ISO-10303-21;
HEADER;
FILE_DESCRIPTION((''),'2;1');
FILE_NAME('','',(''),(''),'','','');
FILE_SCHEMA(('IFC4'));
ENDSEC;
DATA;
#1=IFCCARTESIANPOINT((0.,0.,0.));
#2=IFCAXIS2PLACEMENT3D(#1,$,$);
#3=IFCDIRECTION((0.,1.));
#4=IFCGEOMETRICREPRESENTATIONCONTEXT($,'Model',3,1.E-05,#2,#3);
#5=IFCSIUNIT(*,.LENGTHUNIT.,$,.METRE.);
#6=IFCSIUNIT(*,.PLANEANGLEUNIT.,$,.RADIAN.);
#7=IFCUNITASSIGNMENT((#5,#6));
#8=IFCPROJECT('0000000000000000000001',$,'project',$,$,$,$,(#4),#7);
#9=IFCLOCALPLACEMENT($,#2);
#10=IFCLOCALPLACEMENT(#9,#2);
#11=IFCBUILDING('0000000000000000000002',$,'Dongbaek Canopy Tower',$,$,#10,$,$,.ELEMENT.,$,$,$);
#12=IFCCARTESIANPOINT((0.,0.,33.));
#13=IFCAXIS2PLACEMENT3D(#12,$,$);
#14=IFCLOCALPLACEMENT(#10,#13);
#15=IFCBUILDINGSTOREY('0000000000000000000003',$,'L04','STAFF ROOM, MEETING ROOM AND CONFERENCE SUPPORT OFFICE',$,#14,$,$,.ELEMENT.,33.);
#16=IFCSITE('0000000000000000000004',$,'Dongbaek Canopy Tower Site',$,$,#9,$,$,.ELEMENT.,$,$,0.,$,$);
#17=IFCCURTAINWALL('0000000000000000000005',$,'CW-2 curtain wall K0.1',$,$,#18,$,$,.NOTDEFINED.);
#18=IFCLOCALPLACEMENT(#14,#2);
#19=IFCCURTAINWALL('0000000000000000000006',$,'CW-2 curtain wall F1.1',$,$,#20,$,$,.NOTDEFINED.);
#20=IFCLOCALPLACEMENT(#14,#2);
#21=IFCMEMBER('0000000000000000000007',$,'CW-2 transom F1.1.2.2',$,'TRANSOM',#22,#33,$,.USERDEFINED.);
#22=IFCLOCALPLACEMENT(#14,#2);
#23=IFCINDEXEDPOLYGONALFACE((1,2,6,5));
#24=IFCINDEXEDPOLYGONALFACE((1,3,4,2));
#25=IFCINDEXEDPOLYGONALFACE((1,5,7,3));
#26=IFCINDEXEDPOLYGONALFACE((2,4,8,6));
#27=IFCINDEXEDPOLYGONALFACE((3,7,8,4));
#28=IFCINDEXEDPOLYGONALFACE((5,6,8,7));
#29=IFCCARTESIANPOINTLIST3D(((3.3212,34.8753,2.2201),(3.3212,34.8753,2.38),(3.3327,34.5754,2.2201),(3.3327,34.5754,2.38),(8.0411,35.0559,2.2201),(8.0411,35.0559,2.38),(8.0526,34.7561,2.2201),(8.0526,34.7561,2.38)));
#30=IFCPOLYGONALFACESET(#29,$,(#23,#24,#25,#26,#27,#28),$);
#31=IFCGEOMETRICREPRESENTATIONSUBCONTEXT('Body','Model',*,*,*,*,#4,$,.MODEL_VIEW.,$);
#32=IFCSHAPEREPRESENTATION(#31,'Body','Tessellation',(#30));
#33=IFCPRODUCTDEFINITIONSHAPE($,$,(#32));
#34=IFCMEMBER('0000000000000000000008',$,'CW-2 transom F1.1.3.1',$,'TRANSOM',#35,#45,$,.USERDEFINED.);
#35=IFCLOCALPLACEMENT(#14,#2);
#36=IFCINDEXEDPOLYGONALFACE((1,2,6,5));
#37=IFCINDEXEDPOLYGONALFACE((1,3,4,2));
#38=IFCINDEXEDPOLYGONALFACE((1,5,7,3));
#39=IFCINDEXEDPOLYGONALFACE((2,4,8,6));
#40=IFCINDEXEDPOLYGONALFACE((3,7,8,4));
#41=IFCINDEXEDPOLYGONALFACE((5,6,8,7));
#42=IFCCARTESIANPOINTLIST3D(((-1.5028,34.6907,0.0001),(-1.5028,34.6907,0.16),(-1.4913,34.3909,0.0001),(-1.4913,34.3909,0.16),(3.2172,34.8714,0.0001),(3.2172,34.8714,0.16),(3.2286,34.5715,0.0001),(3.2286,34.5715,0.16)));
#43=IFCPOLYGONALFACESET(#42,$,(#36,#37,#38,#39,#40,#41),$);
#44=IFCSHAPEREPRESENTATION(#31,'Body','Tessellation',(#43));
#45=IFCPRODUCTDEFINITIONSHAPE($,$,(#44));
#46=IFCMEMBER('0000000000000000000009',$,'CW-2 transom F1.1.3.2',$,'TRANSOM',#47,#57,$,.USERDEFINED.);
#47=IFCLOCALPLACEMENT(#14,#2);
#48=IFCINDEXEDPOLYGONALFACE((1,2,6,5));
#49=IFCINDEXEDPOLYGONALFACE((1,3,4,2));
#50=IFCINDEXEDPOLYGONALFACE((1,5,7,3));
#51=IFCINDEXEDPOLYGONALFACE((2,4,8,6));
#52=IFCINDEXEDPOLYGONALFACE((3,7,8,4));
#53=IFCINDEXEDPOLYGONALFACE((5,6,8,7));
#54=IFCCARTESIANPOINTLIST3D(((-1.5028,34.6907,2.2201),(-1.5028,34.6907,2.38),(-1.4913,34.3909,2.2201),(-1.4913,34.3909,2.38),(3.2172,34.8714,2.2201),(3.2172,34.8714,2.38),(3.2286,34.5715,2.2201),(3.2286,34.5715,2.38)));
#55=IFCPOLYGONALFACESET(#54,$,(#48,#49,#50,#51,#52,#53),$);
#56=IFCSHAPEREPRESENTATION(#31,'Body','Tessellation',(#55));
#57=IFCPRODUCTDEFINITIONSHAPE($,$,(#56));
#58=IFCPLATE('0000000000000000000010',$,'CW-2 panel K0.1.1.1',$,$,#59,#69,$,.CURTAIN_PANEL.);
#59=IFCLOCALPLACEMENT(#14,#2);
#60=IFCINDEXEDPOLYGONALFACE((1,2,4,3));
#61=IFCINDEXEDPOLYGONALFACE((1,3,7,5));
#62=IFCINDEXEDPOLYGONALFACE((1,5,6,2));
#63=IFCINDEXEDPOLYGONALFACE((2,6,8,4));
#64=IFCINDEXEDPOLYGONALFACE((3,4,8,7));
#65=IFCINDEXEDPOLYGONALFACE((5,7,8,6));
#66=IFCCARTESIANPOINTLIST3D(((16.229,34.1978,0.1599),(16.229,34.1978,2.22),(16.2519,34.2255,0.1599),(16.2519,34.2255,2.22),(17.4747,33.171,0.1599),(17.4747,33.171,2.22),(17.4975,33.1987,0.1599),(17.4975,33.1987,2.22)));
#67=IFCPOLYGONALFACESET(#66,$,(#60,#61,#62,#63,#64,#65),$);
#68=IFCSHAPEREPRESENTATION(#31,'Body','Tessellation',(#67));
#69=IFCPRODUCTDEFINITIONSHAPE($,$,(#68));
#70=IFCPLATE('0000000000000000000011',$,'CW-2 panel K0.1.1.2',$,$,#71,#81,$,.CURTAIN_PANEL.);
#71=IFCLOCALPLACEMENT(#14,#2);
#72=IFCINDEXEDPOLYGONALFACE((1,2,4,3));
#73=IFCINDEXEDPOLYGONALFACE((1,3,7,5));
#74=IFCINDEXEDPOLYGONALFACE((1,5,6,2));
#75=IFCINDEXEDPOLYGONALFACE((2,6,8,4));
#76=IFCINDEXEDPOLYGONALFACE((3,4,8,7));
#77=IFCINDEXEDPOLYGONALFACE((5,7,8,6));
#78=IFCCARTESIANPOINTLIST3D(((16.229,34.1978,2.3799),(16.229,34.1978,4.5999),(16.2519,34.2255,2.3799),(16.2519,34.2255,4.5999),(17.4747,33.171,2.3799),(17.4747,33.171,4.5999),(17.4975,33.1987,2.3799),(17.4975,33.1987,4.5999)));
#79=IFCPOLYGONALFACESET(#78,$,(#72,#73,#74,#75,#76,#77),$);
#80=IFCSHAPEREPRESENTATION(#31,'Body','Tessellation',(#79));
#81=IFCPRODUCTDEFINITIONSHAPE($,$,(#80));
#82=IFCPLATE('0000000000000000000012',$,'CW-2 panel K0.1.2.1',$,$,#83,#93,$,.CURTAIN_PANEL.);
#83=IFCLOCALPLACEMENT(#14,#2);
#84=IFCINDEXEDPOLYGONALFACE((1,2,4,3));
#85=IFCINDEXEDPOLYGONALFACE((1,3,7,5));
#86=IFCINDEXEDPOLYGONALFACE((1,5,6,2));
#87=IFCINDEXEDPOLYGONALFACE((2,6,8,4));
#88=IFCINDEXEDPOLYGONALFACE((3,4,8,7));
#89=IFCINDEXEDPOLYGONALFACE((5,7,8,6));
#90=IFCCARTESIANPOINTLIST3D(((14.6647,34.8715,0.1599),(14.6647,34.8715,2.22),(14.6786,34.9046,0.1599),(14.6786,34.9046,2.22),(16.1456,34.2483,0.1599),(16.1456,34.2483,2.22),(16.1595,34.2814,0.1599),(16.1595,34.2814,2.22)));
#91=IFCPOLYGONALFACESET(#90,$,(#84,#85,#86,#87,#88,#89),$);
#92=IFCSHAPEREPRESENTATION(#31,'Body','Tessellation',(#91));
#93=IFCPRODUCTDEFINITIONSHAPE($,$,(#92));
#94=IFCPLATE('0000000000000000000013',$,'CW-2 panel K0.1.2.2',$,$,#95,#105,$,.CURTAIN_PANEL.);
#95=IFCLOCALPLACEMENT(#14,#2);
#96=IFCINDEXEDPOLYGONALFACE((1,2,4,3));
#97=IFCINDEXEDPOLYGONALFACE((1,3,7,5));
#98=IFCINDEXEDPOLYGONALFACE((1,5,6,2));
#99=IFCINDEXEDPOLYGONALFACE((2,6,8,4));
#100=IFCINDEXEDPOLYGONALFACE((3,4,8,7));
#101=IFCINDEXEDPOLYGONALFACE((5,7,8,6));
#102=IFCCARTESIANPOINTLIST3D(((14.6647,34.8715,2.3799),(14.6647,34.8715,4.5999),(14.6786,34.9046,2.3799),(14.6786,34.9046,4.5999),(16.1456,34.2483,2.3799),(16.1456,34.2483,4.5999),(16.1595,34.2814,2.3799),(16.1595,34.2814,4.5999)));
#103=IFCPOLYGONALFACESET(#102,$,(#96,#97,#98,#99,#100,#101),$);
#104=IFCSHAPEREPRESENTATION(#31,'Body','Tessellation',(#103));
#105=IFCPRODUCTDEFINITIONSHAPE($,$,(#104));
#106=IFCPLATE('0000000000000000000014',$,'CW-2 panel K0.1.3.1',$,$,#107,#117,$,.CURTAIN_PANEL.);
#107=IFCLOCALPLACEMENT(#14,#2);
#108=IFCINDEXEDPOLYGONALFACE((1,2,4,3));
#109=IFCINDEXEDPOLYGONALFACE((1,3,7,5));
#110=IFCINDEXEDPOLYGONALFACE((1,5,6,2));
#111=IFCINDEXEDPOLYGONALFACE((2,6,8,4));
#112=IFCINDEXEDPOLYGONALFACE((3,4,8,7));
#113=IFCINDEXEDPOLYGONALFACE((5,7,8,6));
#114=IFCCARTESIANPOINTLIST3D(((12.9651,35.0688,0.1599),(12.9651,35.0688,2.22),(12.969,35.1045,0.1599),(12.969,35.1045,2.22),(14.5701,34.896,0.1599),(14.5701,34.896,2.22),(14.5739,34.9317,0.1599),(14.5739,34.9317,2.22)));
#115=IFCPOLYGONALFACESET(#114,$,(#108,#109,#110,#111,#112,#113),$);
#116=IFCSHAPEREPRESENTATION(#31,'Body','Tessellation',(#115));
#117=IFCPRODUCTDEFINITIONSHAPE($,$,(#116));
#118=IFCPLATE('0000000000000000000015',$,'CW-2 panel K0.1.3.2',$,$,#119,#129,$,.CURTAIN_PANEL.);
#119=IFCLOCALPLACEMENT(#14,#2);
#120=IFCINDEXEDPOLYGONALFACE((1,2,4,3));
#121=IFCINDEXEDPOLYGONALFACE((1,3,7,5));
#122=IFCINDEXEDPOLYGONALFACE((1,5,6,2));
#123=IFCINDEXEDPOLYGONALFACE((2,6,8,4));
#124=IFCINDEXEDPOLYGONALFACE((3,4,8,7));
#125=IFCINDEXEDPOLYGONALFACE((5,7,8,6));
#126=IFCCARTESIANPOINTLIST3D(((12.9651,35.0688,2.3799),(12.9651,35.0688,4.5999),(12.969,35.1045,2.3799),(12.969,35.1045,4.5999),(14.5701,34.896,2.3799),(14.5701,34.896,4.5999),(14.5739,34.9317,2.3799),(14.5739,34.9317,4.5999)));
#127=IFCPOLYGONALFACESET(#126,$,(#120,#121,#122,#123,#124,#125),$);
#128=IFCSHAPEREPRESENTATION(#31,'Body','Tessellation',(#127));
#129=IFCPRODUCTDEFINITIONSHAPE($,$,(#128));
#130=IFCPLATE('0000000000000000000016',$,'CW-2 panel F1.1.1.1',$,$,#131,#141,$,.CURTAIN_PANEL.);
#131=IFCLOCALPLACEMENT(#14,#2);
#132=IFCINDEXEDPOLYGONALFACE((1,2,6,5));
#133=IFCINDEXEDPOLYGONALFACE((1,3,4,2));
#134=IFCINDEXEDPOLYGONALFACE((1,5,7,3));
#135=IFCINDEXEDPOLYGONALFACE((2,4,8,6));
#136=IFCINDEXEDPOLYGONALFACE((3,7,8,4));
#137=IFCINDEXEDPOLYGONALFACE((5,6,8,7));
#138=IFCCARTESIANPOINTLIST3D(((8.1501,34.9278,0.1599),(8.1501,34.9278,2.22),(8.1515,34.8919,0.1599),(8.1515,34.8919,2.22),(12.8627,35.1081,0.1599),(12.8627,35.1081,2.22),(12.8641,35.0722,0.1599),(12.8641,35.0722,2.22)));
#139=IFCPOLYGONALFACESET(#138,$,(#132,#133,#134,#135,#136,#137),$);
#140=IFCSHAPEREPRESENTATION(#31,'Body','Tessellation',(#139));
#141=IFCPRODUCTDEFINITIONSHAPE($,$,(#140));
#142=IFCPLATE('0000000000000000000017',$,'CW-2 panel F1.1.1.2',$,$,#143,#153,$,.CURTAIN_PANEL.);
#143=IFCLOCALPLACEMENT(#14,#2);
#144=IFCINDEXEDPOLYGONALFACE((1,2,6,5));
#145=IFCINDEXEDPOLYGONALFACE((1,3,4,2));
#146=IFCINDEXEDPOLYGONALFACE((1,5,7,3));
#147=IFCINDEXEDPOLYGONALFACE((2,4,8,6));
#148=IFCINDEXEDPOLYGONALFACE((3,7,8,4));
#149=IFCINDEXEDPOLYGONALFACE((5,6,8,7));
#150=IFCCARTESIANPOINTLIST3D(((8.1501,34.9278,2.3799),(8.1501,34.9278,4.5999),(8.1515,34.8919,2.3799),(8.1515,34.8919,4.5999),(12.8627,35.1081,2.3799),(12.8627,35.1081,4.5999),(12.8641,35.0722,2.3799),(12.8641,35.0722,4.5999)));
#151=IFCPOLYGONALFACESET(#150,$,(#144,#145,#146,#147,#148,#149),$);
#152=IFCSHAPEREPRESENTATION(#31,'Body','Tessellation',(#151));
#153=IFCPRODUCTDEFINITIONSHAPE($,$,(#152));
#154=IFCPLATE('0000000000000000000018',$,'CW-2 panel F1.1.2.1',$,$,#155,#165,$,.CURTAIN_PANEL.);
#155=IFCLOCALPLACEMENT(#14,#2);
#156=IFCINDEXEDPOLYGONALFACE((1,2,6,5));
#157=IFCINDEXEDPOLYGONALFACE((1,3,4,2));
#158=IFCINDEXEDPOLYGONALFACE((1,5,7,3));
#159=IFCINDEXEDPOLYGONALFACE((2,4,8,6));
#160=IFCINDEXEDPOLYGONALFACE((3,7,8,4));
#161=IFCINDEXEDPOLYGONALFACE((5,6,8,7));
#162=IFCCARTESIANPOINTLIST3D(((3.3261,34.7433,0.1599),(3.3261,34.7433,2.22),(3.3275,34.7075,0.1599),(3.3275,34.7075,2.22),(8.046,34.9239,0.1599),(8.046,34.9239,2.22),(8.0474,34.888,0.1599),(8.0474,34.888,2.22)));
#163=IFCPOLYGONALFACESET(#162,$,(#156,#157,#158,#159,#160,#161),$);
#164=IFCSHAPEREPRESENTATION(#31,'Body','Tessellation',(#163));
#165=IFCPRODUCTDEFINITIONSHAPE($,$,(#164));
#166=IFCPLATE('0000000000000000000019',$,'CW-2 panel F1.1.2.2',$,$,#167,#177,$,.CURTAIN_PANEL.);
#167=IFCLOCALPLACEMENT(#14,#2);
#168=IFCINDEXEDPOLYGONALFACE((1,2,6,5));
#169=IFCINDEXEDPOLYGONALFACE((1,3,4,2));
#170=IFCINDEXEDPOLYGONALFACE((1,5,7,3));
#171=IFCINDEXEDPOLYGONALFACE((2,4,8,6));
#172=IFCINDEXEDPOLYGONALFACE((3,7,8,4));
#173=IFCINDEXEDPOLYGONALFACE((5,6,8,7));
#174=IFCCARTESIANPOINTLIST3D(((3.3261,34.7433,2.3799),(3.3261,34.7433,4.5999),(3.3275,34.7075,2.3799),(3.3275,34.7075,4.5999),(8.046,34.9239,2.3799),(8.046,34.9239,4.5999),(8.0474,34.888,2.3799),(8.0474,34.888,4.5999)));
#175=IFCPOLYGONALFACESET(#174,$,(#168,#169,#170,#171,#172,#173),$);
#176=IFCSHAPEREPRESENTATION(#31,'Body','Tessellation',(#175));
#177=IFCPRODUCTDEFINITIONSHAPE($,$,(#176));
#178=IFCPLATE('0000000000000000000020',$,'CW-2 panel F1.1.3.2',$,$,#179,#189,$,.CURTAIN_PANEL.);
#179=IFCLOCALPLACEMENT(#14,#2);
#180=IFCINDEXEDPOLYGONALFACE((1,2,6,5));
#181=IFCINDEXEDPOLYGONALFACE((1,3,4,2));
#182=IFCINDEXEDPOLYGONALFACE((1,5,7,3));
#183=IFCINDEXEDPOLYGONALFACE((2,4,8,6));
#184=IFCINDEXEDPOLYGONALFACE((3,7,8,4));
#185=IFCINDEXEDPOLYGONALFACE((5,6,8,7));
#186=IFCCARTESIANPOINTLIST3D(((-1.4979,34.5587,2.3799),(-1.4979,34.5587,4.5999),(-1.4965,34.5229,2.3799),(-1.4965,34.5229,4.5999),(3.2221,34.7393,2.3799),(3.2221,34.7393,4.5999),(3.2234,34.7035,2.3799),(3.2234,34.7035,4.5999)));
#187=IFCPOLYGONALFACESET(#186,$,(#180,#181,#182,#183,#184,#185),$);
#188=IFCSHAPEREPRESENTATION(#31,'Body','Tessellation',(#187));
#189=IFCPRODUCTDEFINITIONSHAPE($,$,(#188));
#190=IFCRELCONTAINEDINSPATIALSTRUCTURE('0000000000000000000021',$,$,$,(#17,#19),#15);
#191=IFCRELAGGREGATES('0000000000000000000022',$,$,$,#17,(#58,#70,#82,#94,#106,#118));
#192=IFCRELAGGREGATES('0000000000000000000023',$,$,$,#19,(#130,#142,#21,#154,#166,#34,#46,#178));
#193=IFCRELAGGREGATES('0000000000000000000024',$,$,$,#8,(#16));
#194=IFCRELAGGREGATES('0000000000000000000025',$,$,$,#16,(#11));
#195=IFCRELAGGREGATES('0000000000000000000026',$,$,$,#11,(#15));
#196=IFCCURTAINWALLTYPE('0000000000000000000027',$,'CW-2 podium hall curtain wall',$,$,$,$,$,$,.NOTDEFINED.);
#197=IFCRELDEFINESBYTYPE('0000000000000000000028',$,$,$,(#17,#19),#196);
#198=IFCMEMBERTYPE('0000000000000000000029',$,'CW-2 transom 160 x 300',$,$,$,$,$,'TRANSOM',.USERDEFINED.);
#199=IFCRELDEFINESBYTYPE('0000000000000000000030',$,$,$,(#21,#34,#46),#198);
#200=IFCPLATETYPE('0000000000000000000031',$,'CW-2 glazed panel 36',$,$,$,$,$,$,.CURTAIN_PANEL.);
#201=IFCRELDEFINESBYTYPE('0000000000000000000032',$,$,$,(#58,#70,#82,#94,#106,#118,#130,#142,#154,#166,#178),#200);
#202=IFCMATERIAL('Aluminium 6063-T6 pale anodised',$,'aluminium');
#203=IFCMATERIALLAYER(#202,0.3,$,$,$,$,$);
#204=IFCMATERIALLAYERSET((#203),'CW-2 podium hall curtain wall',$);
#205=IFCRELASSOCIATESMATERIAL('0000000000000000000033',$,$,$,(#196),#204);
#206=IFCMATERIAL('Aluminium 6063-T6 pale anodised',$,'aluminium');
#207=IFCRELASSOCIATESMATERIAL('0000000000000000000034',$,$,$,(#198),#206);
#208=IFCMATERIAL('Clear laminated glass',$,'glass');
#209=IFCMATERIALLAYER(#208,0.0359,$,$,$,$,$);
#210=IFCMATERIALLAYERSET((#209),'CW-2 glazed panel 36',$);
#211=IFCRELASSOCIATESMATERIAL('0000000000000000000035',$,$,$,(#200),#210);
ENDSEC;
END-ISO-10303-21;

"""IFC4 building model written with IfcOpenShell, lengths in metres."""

from ifc_helpers import new_model, si_unit, direction, frame, origin, origin_2d, place, context, subcontext, project, spatial, rectangle, extrude, material, layer, layer_set, material_profile, profile_set, type_object, element, aggregate, save


model = new_model("IFC4")

# Units and contexts
model_context = context("Model", 3, precision=1e-05, world=origin(), true_north=direction((0.0, 1.0)))
body_context = subcontext(model_context, "Body", "Model", "MODEL_VIEW")
ifc_project = project(units=[si_unit("LENGTHUNIT", "METRE"), si_unit("PLANEANGLEUNIT", "RADIAN")], contexts=[model_context])

# Site, building, storey
site_placement = place(None, origin())
site = spatial("IfcSite", under=ifc_project, at=site_placement, Name="Dongbaek Canopy Tower Site", CompositionType="ELEMENT", RefElevation=0.0)
building_placement = place(site_placement, origin())
building = spatial("IfcBuilding", under=site, at=building_placement, Name="Dongbaek Canopy Tower", CompositionType="ELEMENT")
storey_placement = place(building_placement, frame((0.0, 0.0, 33.0)))
storey = spatial("IfcBuildingStorey", under=building, at=storey_placement, Name="L04", Description="STAFF ROOM, MEETING ROOM AND CONFERENCE SUPPORT OFFICE", CompositionType="ELEMENT", Elevation=33.0)

# Curtain walls
ifc_material_1 = material(Name="Aluminium 6063-T6 pale anodised", Category="aluminium")
ifc_layer_1 = layer(ifc_material_1, 0.3)
ifc_layer_set_1 = layer_set([ifc_layer_1], Name="CW-2 podium hall curtain wall")
curtain_wall_type = type_object("IfcCurtainWallType", Name="CW-2 podium hall curtain wall", PredefinedType="NOTDEFINED", material=ifc_layer_set_1)
curtain_wall_1_placement = place(storey_placement, origin())
curtain_wall_1 = element("IfcCurtainWall", 1, at=curtain_wall_1_placement, inside=storey, type_object=curtain_wall_type, Name="CW-2 curtain wall K0.1", PredefinedType="NOTDEFINED")
curtain_wall_2_placement = place(storey_placement, origin())
curtain_wall_2 = element("IfcCurtainWall", 2, at=curtain_wall_2_placement, inside=storey, type_object=curtain_wall_type, Name="CW-2 curtain wall F1.1", PredefinedType="NOTDEFINED")

# Members
ifc_material_2 = material(Name="Aluminium 6063-T6 pale anodised", Category="aluminium")
ifc_material_profile_1 = material_profile(ifc_material_2, rectangle(XDim=0.3, YDim=0.1599, at=origin_2d()), Name="CW-2 transom 160 x 300")
ifc_profile_set_1 = profile_set([ifc_material_profile_1], Name="Aluminium 6063-T6 pale anodised")
member_type_1 = type_object("IfcMemberType", Name="CW-2 transom 160 x 300", ElementType="TRANSOM", PredefinedType="USERDEFINED", material=ifc_profile_set_1)
member_1_placement = place(storey_placement, frame((8.0469, 34.906, 2.3), z_axis=(-0.999268, -0.038249, 0.0), x_axis=(0.038249, -0.999268, 0.0)))
member_1 = element("IfcMember", 3, at=member_1_placement, type_object=member_type_1, Name="CW-2 transom F1.1.2.2", ObjectType="TRANSOM", PredefinedType="USERDEFINED", context=body_context, shape_type="SweptSolid", body=[
    extrude(rectangle(XDim=0.3, YDim=0.1599, at=origin_2d()), origin(), (0.0, 0.0, 1.0), 4.7234),
])
member_2_placement = place(storey_placement, frame((3.2229, 34.7214, 0.0801), z_axis=(-0.999268, -0.038249, 0.0), x_axis=(0.038249, -0.999268, 0.0)))
member_2 = element("IfcMember", 4, at=member_2_placement, type_object=member_type_1, Name="CW-2 transom F1.1.3.1", ObjectType="TRANSOM", PredefinedType="USERDEFINED", context=body_context, shape_type="SweptSolid", body=[
    extrude(rectangle(XDim=0.3, YDim=0.1599, at=origin_2d()), origin(), (0.0, 0.0, 1.0), 4.7234),
])
member_3_placement = place(storey_placement, frame((3.2229, 34.7214, 2.3), z_axis=(-0.999268, -0.038249, 0.0), x_axis=(0.038249, -0.999268, 0.0)))
member_3 = element("IfcMember", 5, at=member_3_placement, type_object=member_type_1, Name="CW-2 transom F1.1.3.2", ObjectType="TRANSOM", PredefinedType="USERDEFINED", context=body_context, shape_type="SweptSolid", body=[
    extrude(rectangle(XDim=0.3, YDim=0.1599, at=origin_2d()), origin(), (0.0, 0.0, 1.0), 4.7234),
])

# Plates
ifc_material_3 = material(Name="Clear laminated glass", Category="glass")
ifc_layer_2 = layer(ifc_material_3, 0.0359)
ifc_layer_set_2 = layer_set([ifc_layer_2], Name="CW-2 glazed panel 36")
plate_type = type_object("IfcPlateType", Name="CW-2 glazed panel 36", PredefinedType="CURTAIN_PANEL", material=ifc_layer_set_2)
plate_1_placement = place(storey_placement, frame((16.8633, 33.6982, 0.1599), z_axis=(0.0, 0.0, 1.0), x_axis=(-0.771649, 0.636049, 0.0)))
plate_1 = element("IfcPlate", 6, at=plate_1_placement, type_object=plate_type, Name="CW-2 panel K0.1.1.1", PredefinedType="CURTAIN_PANEL", context=body_context, shape_type="SweptSolid", body=[
    extrude(rectangle(XDim=1.6143, YDim=0.0359, at=origin_2d()), origin(), (0.0, 0.0, 1.0), 2.0601),
])
plate_2_placement = place(storey_placement, frame((16.8633, 33.6982, 2.3799), z_axis=(0.0, 0.0, 1.0), x_axis=(-0.771649, 0.636049, 0.0)))
plate_2 = element("IfcPlate", 7, at=plate_2_placement, type_object=plate_type, Name="CW-2 panel K0.1.1.2", PredefinedType="CURTAIN_PANEL", context=body_context, shape_type="SweptSolid", body=[
    extrude(rectangle(XDim=1.6143, YDim=0.0359, at=origin_2d()), origin(), (0.0, 0.0, 1.0), 2.22),
])
plate_3_placement = place(storey_placement, frame((15.4121, 34.5764, 0.1599), z_axis=(0.0, 0.0, 1.0), x_axis=(-0.921712, 0.387874, 0.0)))
plate_3 = element("IfcPlate", 8, at=plate_3_placement, type_object=plate_type, Name="CW-2 panel K0.1.2.1", PredefinedType="CURTAIN_PANEL", context=body_context, shape_type="SweptSolid", body=[
    extrude(rectangle(XDim=1.6067, YDim=0.0359, at=origin_2d()), origin(), (0.0, 0.0, 1.0), 2.0601),
])
plate_4_placement = place(storey_placement, frame((15.4121, 34.5764, 2.3799), z_axis=(0.0, 0.0, 1.0), x_axis=(-0.921712, 0.387874, 0.0)))
plate_4 = element("IfcPlate", 9, at=plate_4_placement, type_object=plate_type, Name="CW-2 panel K0.1.2.2", PredefinedType="CURTAIN_PANEL", context=body_context, shape_type="SweptSolid", body=[
    extrude(rectangle(XDim=1.6067, YDim=0.0359, at=origin_2d()), origin(), (0.0, 0.0, 1.0), 2.22),
])
plate_5_placement = place(storey_placement, frame((13.7695, 35.0002, 0.1599), z_axis=(0.0, 0.0, 1.0), x_axis=(-0.994251, 0.107075, 0.0)))
plate_5 = element("IfcPlate", 10, at=plate_5_placement, type_object=plate_type, Name="CW-2 panel K0.1.3.1", PredefinedType="CURTAIN_PANEL", context=body_context, shape_type="SweptSolid", body=[
    extrude(rectangle(XDim=1.6143, YDim=0.0359, at=origin_2d()), origin(), (0.0, 0.0, 1.0), 2.0601),
])
plate_6_placement = place(storey_placement, frame((13.7695, 35.0002, 2.3799), z_axis=(0.0, 0.0, 1.0), x_axis=(-0.994251, 0.107075, 0.0)))
plate_6 = element("IfcPlate", 11, at=plate_6_placement, type_object=plate_type, Name="CW-2 panel K0.1.3.2", PredefinedType="CURTAIN_PANEL", context=body_context, shape_type="SweptSolid", body=[
    extrude(rectangle(XDim=1.6143, YDim=0.0359, at=origin_2d()), origin(), (0.0, 0.0, 1.0), 2.22),
])
aggregate(curtain_wall_1, [plate_1, plate_2, plate_3, plate_4, plate_5, plate_6])
plate_7_placement = place(storey_placement, frame((10.5071, 35.0, 0.1599), z_axis=(0.0, 0.0, 1.0), x_axis=(-0.999269, -0.038232, 0.0)))
plate_7 = element("IfcPlate", 12, at=plate_7_placement, type_object=plate_type, Name="CW-2 panel F1.1.1.1", PredefinedType="CURTAIN_PANEL", context=body_context, shape_type="SweptSolid", body=[
    extrude(rectangle(XDim=4.7161, YDim=0.0359, at=origin_2d()), origin(), (0.0, 0.0, 1.0), 2.0601),
])
plate_8_placement = place(storey_placement, frame((10.5071, 35.0, 2.3799), z_axis=(0.0, 0.0, 1.0), x_axis=(-0.999269, -0.038232, 0.0)))
plate_8 = element("IfcPlate", 13, at=plate_8_placement, type_object=plate_type, Name="CW-2 panel F1.1.1.2", PredefinedType="CURTAIN_PANEL", context=body_context, shape_type="SweptSolid", body=[
    extrude(rectangle(XDim=4.7161, YDim=0.0359, at=origin_2d()), origin(), (0.0, 0.0, 1.0), 2.22),
])
plate_9_placement = place(storey_placement, frame((5.6868, 34.8157, 0.1599), z_axis=(0.0, 0.0, 1.0), x_axis=(-0.999269, -0.038232, 0.0)))
plate_9 = element("IfcPlate", 14, at=plate_9_placement, type_object=plate_type, Name="CW-2 panel F1.1.2.1", PredefinedType="CURTAIN_PANEL", context=body_context, shape_type="SweptSolid", body=[
    extrude(rectangle(XDim=4.7234, YDim=0.0359, at=origin_2d()), origin(), (0.0, 0.0, 1.0), 2.0601),
])
plate_10_placement = place(storey_placement, frame((5.6868, 34.8157, 2.3799), z_axis=(0.0, 0.0, 1.0), x_axis=(-0.999269, -0.038232, 0.0)))
plate_10 = element("IfcPlate", 15, at=plate_10_placement, type_object=plate_type, Name="CW-2 panel F1.1.2.2", PredefinedType="CURTAIN_PANEL", context=body_context, shape_type="SweptSolid", body=[
    extrude(rectangle(XDim=4.7234, YDim=0.0359, at=origin_2d()), origin(), (0.0, 0.0, 1.0), 2.22),
])
plate_11_placement = place(storey_placement, frame((0.8628, 34.6311, 2.3799), z_axis=(0.0, 0.0, 1.0), x_axis=(-0.999269, -0.038232, 0.0)))
plate_11 = element("IfcPlate", 16, at=plate_11_placement, type_object=plate_type, Name="CW-2 panel F1.1.3.2", PredefinedType="CURTAIN_PANEL", context=body_context, shape_type="SweptSolid", body=[
    extrude(rectangle(XDim=4.7234, YDim=0.0359, at=origin_2d()), origin(), (0.0, 0.0, 1.0), 2.22),
])
aggregate(curtain_wall_2, [plate_7, plate_8, member_1, plate_9, plate_10, member_2, member_3, plate_11])

save(model, "model.ifc")
